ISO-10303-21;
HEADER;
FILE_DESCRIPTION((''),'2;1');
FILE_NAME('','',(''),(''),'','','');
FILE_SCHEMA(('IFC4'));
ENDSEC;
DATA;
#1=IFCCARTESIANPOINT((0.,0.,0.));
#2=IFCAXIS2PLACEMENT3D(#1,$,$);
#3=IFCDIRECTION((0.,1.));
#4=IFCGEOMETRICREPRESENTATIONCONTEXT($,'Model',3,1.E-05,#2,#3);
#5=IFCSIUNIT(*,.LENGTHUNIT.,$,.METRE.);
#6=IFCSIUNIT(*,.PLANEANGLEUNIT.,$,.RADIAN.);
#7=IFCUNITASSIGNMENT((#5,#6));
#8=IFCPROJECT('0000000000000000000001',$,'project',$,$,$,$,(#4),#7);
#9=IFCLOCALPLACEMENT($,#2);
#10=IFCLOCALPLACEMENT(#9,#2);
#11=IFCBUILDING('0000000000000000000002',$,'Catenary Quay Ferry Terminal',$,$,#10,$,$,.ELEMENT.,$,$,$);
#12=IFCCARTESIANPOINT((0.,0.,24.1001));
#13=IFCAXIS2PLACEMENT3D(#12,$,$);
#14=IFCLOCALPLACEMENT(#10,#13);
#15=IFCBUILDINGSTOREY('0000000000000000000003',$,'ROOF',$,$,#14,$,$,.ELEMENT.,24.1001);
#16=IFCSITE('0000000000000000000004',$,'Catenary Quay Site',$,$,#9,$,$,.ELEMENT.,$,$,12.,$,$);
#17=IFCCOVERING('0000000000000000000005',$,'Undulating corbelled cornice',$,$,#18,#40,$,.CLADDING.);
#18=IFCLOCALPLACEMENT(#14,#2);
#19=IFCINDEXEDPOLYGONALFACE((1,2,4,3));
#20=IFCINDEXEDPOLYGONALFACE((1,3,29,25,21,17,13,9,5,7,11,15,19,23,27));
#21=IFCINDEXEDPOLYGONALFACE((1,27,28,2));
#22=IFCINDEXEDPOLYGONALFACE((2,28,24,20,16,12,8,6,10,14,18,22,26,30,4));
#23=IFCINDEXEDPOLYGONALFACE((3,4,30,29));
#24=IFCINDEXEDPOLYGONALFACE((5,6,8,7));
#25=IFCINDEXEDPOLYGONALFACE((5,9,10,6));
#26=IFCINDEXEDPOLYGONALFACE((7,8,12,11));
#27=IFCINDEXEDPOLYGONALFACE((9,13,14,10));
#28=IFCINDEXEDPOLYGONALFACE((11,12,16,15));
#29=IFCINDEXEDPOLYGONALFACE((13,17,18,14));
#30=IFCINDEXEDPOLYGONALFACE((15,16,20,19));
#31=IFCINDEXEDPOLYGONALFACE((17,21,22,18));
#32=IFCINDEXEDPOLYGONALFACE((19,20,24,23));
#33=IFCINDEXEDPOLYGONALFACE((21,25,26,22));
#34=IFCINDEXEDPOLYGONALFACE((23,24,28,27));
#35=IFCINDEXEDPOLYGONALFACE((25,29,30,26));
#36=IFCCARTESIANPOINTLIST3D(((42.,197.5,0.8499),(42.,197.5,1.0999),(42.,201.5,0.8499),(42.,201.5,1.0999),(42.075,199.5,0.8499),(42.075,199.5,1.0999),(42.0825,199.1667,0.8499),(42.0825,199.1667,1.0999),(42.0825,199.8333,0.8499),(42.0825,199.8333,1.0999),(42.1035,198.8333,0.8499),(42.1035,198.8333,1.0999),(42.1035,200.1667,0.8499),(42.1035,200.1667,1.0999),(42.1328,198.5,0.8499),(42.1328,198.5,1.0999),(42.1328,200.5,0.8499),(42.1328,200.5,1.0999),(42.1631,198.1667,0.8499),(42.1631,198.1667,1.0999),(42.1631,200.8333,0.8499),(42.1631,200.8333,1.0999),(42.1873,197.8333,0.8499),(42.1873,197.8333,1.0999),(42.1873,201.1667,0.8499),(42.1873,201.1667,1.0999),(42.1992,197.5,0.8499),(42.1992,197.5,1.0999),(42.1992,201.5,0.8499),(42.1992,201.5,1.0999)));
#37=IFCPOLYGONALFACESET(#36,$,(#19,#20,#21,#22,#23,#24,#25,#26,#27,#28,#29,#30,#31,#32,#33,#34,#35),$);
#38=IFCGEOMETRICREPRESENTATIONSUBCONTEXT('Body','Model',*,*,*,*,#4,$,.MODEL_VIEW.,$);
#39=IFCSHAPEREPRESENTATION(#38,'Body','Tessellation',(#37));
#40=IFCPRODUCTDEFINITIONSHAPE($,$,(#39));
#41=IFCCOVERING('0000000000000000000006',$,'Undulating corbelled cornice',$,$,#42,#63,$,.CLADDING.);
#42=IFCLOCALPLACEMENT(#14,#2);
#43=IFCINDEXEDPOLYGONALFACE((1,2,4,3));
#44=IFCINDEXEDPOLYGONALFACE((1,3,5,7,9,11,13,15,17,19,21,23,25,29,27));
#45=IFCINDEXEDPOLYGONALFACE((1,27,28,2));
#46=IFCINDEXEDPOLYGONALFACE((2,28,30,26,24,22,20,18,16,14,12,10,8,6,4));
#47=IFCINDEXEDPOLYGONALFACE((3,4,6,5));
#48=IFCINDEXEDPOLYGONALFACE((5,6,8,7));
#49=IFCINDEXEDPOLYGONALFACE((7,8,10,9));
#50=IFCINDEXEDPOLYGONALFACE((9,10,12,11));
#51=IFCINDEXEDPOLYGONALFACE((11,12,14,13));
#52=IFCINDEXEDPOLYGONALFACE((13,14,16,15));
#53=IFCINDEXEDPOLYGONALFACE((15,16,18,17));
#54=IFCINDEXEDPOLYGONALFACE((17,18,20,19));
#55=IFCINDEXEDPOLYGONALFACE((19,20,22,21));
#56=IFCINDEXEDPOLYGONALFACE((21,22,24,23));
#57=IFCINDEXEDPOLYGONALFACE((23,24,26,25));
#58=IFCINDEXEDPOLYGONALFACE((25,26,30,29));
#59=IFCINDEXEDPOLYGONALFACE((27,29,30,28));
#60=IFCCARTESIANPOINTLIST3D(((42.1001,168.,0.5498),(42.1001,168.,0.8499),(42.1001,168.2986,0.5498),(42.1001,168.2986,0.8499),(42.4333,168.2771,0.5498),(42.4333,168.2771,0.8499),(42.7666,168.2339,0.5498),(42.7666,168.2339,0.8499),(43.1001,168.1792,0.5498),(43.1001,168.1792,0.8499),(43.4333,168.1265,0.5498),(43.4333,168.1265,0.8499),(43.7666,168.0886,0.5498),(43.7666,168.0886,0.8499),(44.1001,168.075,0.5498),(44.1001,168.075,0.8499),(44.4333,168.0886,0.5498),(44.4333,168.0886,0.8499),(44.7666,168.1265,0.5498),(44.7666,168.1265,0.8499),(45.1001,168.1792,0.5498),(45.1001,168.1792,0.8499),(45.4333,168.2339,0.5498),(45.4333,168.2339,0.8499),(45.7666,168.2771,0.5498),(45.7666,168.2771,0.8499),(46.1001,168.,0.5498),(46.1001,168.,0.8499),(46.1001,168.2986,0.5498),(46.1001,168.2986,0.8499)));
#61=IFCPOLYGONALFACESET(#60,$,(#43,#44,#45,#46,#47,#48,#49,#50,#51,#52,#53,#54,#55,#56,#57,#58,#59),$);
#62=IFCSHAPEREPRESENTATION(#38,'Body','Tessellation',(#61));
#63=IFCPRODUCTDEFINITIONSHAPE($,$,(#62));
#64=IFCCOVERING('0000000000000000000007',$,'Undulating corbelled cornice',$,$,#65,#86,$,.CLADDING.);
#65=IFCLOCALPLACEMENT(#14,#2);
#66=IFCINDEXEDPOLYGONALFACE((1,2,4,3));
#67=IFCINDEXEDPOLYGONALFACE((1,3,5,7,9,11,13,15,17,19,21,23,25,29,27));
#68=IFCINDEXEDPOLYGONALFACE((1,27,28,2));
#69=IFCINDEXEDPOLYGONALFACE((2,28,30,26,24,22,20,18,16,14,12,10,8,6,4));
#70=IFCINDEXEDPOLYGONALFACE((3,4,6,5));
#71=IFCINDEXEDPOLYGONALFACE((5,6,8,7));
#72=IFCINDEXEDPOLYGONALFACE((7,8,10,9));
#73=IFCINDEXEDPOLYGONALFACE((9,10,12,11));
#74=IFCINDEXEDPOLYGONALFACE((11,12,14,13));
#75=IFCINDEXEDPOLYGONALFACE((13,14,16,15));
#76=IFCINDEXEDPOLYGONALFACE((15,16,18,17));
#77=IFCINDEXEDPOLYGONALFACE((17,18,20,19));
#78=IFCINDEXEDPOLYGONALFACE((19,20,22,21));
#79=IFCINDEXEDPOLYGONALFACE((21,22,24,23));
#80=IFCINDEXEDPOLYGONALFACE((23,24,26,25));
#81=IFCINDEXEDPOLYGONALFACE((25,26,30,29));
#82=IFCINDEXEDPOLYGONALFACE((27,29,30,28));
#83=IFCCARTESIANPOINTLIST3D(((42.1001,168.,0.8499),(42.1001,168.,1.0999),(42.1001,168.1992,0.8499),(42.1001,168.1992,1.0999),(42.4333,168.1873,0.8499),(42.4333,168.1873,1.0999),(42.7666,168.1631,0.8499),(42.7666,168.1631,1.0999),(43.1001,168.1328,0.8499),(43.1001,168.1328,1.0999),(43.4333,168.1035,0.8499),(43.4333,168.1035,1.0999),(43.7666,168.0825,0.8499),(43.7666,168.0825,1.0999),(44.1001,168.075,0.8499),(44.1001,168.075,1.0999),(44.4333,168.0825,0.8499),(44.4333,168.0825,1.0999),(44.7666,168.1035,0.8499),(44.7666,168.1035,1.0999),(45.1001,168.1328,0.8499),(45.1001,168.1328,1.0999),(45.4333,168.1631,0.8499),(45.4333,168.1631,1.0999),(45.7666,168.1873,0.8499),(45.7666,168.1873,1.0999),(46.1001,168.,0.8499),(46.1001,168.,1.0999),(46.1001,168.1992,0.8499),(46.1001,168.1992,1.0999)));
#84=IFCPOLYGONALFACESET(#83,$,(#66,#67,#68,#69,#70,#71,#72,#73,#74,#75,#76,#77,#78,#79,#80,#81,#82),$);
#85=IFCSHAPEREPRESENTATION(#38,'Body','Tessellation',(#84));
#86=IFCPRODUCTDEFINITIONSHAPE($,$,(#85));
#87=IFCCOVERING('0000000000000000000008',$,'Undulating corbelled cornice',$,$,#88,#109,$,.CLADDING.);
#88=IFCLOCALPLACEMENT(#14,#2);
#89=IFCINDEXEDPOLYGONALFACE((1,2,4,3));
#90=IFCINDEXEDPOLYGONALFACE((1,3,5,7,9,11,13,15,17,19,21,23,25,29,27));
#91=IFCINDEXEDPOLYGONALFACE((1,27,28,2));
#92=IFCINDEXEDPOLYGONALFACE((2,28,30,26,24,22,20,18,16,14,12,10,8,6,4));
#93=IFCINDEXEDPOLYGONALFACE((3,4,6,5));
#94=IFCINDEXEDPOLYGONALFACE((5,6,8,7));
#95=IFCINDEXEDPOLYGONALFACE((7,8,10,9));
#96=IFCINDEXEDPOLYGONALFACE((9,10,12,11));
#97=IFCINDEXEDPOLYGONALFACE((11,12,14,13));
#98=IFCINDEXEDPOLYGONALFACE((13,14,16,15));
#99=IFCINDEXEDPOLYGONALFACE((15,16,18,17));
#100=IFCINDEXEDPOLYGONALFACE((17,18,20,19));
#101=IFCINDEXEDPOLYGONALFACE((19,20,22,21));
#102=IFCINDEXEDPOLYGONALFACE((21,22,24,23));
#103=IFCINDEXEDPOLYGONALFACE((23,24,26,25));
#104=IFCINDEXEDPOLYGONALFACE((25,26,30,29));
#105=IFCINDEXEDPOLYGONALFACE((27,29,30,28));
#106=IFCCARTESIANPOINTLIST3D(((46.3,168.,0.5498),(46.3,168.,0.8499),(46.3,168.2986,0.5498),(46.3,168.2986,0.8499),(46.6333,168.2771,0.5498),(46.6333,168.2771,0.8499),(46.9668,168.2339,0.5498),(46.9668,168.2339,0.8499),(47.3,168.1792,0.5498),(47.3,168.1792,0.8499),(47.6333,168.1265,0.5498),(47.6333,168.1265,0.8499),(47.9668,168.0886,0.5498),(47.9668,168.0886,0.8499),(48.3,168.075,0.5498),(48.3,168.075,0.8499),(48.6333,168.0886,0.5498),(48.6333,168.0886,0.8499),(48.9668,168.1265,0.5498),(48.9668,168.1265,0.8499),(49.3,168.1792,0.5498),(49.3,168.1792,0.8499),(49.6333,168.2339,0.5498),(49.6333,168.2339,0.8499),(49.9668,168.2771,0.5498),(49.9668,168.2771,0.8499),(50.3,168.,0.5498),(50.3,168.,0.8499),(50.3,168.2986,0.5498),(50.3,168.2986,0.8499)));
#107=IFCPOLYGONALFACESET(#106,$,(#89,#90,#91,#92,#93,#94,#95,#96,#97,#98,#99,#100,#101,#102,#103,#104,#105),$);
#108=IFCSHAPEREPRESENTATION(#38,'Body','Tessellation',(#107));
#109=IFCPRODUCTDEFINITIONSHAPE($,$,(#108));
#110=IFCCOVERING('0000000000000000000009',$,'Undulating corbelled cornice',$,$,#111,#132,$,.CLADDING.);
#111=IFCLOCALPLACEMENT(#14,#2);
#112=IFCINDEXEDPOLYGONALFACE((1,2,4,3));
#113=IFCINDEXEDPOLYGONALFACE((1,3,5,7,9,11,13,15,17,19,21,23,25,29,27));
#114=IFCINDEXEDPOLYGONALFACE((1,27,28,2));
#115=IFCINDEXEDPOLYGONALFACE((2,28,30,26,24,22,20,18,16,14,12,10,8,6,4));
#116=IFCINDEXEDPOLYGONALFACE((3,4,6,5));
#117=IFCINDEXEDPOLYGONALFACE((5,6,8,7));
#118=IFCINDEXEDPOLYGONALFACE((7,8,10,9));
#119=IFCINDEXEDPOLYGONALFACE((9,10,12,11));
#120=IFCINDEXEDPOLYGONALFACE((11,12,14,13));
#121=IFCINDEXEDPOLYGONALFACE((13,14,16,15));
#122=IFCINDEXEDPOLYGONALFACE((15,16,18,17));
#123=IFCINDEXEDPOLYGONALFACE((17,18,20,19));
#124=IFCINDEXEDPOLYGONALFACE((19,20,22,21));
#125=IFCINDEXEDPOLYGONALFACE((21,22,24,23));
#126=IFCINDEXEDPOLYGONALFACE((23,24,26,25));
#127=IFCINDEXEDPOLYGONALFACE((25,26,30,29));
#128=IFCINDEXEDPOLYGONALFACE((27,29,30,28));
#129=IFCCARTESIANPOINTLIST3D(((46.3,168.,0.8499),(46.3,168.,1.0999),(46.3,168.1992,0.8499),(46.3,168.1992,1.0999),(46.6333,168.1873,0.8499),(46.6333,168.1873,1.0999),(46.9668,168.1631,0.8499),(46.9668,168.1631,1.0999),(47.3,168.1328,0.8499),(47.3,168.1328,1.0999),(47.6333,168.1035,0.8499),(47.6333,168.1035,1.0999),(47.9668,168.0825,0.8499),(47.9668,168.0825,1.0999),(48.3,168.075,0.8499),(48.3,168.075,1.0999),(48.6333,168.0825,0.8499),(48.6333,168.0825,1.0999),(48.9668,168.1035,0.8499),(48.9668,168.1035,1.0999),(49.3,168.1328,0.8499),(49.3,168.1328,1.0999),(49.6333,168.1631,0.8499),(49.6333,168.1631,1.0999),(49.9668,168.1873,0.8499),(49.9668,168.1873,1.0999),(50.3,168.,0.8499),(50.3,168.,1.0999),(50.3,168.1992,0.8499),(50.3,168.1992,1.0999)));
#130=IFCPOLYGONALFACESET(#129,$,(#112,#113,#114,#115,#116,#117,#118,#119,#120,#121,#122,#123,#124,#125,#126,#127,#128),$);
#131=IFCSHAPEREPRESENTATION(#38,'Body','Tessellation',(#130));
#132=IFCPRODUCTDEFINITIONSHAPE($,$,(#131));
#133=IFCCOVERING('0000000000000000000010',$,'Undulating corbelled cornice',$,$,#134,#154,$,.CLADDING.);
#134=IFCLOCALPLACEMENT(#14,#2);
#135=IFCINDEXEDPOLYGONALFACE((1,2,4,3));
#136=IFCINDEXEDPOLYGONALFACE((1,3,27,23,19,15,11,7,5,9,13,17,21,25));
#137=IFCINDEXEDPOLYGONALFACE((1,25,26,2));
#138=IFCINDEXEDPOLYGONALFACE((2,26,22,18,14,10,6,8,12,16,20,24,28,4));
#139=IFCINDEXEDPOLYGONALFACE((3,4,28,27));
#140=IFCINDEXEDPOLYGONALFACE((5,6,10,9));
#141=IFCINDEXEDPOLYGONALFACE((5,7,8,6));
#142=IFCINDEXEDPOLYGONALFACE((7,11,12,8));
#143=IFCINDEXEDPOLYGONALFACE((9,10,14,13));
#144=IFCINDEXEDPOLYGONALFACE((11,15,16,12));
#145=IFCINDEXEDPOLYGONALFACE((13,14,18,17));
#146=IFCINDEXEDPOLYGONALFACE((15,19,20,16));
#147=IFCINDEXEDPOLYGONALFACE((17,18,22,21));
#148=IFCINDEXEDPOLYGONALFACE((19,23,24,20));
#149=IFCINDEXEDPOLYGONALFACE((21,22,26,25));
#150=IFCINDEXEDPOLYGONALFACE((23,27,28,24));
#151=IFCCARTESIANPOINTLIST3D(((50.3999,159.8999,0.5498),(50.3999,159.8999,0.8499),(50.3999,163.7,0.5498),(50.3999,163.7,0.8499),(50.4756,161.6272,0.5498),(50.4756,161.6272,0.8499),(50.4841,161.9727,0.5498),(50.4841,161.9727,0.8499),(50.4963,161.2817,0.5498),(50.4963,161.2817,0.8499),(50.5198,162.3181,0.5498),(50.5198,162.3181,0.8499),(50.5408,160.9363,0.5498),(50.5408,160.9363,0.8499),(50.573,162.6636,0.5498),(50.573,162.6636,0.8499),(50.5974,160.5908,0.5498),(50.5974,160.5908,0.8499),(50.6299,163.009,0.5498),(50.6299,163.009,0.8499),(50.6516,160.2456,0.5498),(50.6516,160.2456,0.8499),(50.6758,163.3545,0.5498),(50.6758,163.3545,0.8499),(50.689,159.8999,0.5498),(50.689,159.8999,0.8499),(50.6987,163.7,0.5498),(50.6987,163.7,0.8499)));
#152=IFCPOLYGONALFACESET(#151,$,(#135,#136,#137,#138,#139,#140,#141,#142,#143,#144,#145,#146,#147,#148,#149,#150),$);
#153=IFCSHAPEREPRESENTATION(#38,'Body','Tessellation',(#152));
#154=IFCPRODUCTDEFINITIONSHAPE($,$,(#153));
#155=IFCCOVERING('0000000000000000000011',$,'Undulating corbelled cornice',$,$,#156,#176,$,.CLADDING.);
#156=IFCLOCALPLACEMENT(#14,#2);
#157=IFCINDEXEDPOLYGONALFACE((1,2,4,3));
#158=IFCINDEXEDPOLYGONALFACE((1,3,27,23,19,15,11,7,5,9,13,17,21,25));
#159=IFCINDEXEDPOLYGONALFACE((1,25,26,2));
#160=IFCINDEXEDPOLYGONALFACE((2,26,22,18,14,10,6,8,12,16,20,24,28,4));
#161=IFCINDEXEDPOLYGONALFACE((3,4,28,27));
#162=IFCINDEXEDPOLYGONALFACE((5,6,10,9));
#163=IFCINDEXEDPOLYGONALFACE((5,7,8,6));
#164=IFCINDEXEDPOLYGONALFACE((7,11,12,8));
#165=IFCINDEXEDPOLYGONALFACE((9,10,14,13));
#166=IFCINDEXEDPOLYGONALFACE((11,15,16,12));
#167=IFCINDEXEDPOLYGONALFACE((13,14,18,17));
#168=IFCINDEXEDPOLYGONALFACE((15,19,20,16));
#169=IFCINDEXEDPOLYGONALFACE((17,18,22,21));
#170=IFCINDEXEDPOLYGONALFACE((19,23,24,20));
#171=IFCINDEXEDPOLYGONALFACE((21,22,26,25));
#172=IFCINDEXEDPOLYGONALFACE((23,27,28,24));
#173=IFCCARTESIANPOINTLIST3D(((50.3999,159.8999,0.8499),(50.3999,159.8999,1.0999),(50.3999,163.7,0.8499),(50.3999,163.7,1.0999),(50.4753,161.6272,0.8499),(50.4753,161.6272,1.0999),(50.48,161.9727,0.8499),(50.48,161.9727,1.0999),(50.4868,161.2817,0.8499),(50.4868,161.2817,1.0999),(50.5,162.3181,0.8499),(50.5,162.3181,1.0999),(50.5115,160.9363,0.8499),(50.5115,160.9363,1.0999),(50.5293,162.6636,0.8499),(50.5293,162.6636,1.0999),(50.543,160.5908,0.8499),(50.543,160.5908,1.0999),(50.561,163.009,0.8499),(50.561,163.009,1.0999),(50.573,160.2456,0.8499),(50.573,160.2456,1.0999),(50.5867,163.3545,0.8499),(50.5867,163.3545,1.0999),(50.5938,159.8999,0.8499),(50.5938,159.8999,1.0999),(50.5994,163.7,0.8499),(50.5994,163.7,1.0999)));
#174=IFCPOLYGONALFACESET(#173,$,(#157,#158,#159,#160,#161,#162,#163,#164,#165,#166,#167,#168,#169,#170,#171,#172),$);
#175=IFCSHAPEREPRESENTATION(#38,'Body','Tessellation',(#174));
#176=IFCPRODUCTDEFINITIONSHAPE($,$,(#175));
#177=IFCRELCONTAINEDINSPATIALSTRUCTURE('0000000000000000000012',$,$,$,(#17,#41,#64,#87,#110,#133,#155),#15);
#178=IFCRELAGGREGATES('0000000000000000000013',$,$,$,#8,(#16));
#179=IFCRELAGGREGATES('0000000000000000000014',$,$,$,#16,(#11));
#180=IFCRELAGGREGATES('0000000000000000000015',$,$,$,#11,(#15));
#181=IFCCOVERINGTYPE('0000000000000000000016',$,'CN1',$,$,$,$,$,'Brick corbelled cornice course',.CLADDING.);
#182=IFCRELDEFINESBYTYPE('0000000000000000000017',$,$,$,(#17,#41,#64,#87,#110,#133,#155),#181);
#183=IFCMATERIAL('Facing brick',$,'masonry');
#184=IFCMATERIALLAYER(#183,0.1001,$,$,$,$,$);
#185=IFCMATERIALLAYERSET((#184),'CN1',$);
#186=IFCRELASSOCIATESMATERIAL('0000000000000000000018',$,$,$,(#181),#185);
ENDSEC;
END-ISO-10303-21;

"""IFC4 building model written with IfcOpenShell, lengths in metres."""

from ifc_helpers import new_model, si_unit, direction, frame, origin, place, context, subcontext, project, spatial, polyline, outline, extrude, material, layer, layer_set, type_object, element, save


model = new_model("IFC4")

# Units and contexts
model_context = context("Model", 3, precision=1e-05, world=origin(), true_north=direction((0.0, 1.0)))
body_context = subcontext(model_context, "Body", "Model", "MODEL_VIEW")
ifc_project = project(units=[si_unit("LENGTHUNIT", "METRE"), si_unit("PLANEANGLEUNIT", "RADIAN")], contexts=[model_context])

# Site, building, storey
site_placement = place(None, origin())
site = spatial("IfcSite", under=ifc_project, at=site_placement, Name="Catenary Quay Site", CompositionType="ELEMENT", RefElevation=12.0)
building_placement = place(site_placement, origin())
building = spatial("IfcBuilding", under=site, at=building_placement, Name="Catenary Quay Ferry Terminal", CompositionType="ELEMENT")
storey_placement = place(building_placement, frame((0.0, 0.0, 24.1001)))
storey = spatial("IfcBuildingStorey", under=building, at=storey_placement, Name="ROOF", CompositionType="ELEMENT", Elevation=24.1001)

# Coverings
ifc_material = material(Name="Facing brick", Category="masonry")
ifc_layer = layer(ifc_material, 0.1001)
ifc_layer_set = layer_set([ifc_layer], Name="CN1")
covering_type = type_object("IfcCoveringType", Name="CN1", ElementType="Brick corbelled cornice course", PredefinedType="CLADDING", material=ifc_layer_set)
covering_1_placement = place(storey_placement, frame((0.0, 0.0, 0.8499)))
element("IfcCovering", 1, at=covering_1_placement, inside=storey, type_object=covering_type, Name="Undulating corbelled cornice", PredefinedType="CLADDING", context=body_context, shape_type="SweptSolid", body=[
    extrude(outline(polyline([(42.0, 197.5), (42.1992, 197.5), (42.1873, 197.8333), (42.1631, 198.1667), (42.1328, 198.5), (42.1035, 198.8333), (42.0825, 199.1667), (42.075, 199.5), (42.0825, 199.8333), (42.1035, 200.1667), (42.1328, 200.5), (42.1631, 200.8333), (42.1873, 201.1667), (42.1992, 201.5), (42.0, 201.5), (42.0, 197.5)])), origin(), (0.0, 0.0, 1.0), 0.25),
])
covering_2_placement = place(storey_placement, frame((0.0, 0.0, 0.5498)))
element("IfcCovering", 2, at=covering_2_placement, inside=storey, type_object=covering_type, Name="Undulating corbelled cornice", PredefinedType="CLADDING", context=body_context, shape_type="SweptSolid", body=[
    extrude(outline(polyline([(42.1001, 168.0), (42.1001, 168.2986), (42.4333, 168.2771), (42.7666, 168.2339), (43.1001, 168.1792), (43.4333, 168.1265), (43.7666, 168.0886), (44.1001, 168.075), (44.4333, 168.0886), (44.7666, 168.1265), (45.1001, 168.1792), (45.4333, 168.2339), (45.7666, 168.2771), (46.1001, 168.2986), (46.1001, 168.0), (42.1001, 168.0)])), origin(), (0.0, 0.0, 1.0), 0.3),
])
covering_3_placement = place(storey_placement, frame((0.0, 0.0, 0.8499)))
element("IfcCovering", 3, at=covering_3_placement, inside=storey, type_object=covering_type, Name="Undulating corbelled cornice", PredefinedType="CLADDING", context=body_context, shape_type="SweptSolid", body=[
    extrude(outline(polyline([(42.1001, 168.0), (42.1001, 168.1992), (42.4333, 168.1873), (42.7666, 168.1631), (43.1001, 168.1328), (43.4333, 168.1035), (43.7666, 168.0825), (44.1001, 168.075), (44.4333, 168.0825), (44.7666, 168.1035), (45.1001, 168.1328), (45.4333, 168.1631), (45.7666, 168.1873), (46.1001, 168.1992), (46.1001, 168.0), (42.1001, 168.0)])), origin(), (0.0, 0.0, 1.0), 0.25),
])
covering_4_placement = place(storey_placement, frame((0.0, 0.0, 0.5498)))
element("IfcCovering", 4, at=covering_4_placement, inside=storey, type_object=covering_type, Name="Undulating corbelled cornice", PredefinedType="CLADDING", context=body_context, shape_type="SweptSolid", body=[
    extrude(outline(polyline([(46.3, 168.0), (46.3, 168.2986), (46.6333, 168.2771), (46.9668, 168.2339), (47.3, 168.1792), (47.6333, 168.1265), (47.9668, 168.0886), (48.3, 168.075), (48.6333, 168.0886), (48.9668, 168.1265), (49.3, 168.1792), (49.6333, 168.2339), (49.9668, 168.2771), (50.3, 168.2986), (50.3, 168.0), (46.3, 168.0)])), origin(), (0.0, 0.0, 1.0), 0.3),
])
covering_5_placement = place(storey_placement, frame((0.0, 0.0, 0.8499)))
element("IfcCovering", 5, at=covering_5_placement, inside=storey, type_object=covering_type, Name="Undulating corbelled cornice", PredefinedType="CLADDING", context=body_context, shape_type="SweptSolid", body=[
    extrude(outline(polyline([(46.3, 168.0), (46.3, 168.1992), (46.6333, 168.1873), (46.9668, 168.1631), (47.3, 168.1328), (47.6333, 168.1035), (47.9668, 168.0825), (48.3, 168.075), (48.6333, 168.0825), (48.9668, 168.1035), (49.3, 168.1328), (49.6333, 168.1631), (49.9668, 168.1873), (50.3, 168.1992), (50.3, 168.0), (46.3, 168.0)])), origin(), (0.0, 0.0, 1.0), 0.25),
])
covering_6_placement = place(storey_placement, frame((0.0, 0.0, 0.5498)))
element("IfcCovering", 6, at=covering_6_placement, inside=storey, type_object=covering_type, Name="Undulating corbelled cornice", PredefinedType="CLADDING", context=body_context, shape_type="SweptSolid", body=[
    extrude(outline(polyline([(50.3999, 159.8999), (50.689, 159.8999), (50.6516, 160.2456), (50.5974, 160.5908), (50.5408, 160.9363), (50.4963, 161.2817), (50.4756, 161.6272), (50.4841, 161.9727), (50.5198, 162.3181), (50.573, 162.6636), (50.6299, 163.009), (50.6758, 163.3545), (50.6987, 163.7), (50.3999, 163.7), (50.3999, 159.8999)])), origin(), (0.0, 0.0, 1.0), 0.3),
])
covering_7_placement = place(storey_placement, frame((0.0, 0.0, 0.8499)))
element("IfcCovering", 7, at=covering_7_placement, inside=storey, type_object=covering_type, Name="Undulating corbelled cornice", PredefinedType="CLADDING", context=body_context, shape_type="SweptSolid", body=[
    extrude(outline(polyline([(50.3999, 159.8999), (50.5938, 159.8999), (50.573, 160.2456), (50.543, 160.5908), (50.5115, 160.9363), (50.4868, 161.2817), (50.4753, 161.6272), (50.48, 161.9727), (50.5, 162.3181), (50.5293, 162.6636), (50.561, 163.009), (50.5867, 163.3545), (50.5994, 163.7), (50.3999, 163.7), (50.3999, 159.8999)])), origin(), (0.0, 0.0, 1.0), 0.25),
])

save(model, "model.ifc")
